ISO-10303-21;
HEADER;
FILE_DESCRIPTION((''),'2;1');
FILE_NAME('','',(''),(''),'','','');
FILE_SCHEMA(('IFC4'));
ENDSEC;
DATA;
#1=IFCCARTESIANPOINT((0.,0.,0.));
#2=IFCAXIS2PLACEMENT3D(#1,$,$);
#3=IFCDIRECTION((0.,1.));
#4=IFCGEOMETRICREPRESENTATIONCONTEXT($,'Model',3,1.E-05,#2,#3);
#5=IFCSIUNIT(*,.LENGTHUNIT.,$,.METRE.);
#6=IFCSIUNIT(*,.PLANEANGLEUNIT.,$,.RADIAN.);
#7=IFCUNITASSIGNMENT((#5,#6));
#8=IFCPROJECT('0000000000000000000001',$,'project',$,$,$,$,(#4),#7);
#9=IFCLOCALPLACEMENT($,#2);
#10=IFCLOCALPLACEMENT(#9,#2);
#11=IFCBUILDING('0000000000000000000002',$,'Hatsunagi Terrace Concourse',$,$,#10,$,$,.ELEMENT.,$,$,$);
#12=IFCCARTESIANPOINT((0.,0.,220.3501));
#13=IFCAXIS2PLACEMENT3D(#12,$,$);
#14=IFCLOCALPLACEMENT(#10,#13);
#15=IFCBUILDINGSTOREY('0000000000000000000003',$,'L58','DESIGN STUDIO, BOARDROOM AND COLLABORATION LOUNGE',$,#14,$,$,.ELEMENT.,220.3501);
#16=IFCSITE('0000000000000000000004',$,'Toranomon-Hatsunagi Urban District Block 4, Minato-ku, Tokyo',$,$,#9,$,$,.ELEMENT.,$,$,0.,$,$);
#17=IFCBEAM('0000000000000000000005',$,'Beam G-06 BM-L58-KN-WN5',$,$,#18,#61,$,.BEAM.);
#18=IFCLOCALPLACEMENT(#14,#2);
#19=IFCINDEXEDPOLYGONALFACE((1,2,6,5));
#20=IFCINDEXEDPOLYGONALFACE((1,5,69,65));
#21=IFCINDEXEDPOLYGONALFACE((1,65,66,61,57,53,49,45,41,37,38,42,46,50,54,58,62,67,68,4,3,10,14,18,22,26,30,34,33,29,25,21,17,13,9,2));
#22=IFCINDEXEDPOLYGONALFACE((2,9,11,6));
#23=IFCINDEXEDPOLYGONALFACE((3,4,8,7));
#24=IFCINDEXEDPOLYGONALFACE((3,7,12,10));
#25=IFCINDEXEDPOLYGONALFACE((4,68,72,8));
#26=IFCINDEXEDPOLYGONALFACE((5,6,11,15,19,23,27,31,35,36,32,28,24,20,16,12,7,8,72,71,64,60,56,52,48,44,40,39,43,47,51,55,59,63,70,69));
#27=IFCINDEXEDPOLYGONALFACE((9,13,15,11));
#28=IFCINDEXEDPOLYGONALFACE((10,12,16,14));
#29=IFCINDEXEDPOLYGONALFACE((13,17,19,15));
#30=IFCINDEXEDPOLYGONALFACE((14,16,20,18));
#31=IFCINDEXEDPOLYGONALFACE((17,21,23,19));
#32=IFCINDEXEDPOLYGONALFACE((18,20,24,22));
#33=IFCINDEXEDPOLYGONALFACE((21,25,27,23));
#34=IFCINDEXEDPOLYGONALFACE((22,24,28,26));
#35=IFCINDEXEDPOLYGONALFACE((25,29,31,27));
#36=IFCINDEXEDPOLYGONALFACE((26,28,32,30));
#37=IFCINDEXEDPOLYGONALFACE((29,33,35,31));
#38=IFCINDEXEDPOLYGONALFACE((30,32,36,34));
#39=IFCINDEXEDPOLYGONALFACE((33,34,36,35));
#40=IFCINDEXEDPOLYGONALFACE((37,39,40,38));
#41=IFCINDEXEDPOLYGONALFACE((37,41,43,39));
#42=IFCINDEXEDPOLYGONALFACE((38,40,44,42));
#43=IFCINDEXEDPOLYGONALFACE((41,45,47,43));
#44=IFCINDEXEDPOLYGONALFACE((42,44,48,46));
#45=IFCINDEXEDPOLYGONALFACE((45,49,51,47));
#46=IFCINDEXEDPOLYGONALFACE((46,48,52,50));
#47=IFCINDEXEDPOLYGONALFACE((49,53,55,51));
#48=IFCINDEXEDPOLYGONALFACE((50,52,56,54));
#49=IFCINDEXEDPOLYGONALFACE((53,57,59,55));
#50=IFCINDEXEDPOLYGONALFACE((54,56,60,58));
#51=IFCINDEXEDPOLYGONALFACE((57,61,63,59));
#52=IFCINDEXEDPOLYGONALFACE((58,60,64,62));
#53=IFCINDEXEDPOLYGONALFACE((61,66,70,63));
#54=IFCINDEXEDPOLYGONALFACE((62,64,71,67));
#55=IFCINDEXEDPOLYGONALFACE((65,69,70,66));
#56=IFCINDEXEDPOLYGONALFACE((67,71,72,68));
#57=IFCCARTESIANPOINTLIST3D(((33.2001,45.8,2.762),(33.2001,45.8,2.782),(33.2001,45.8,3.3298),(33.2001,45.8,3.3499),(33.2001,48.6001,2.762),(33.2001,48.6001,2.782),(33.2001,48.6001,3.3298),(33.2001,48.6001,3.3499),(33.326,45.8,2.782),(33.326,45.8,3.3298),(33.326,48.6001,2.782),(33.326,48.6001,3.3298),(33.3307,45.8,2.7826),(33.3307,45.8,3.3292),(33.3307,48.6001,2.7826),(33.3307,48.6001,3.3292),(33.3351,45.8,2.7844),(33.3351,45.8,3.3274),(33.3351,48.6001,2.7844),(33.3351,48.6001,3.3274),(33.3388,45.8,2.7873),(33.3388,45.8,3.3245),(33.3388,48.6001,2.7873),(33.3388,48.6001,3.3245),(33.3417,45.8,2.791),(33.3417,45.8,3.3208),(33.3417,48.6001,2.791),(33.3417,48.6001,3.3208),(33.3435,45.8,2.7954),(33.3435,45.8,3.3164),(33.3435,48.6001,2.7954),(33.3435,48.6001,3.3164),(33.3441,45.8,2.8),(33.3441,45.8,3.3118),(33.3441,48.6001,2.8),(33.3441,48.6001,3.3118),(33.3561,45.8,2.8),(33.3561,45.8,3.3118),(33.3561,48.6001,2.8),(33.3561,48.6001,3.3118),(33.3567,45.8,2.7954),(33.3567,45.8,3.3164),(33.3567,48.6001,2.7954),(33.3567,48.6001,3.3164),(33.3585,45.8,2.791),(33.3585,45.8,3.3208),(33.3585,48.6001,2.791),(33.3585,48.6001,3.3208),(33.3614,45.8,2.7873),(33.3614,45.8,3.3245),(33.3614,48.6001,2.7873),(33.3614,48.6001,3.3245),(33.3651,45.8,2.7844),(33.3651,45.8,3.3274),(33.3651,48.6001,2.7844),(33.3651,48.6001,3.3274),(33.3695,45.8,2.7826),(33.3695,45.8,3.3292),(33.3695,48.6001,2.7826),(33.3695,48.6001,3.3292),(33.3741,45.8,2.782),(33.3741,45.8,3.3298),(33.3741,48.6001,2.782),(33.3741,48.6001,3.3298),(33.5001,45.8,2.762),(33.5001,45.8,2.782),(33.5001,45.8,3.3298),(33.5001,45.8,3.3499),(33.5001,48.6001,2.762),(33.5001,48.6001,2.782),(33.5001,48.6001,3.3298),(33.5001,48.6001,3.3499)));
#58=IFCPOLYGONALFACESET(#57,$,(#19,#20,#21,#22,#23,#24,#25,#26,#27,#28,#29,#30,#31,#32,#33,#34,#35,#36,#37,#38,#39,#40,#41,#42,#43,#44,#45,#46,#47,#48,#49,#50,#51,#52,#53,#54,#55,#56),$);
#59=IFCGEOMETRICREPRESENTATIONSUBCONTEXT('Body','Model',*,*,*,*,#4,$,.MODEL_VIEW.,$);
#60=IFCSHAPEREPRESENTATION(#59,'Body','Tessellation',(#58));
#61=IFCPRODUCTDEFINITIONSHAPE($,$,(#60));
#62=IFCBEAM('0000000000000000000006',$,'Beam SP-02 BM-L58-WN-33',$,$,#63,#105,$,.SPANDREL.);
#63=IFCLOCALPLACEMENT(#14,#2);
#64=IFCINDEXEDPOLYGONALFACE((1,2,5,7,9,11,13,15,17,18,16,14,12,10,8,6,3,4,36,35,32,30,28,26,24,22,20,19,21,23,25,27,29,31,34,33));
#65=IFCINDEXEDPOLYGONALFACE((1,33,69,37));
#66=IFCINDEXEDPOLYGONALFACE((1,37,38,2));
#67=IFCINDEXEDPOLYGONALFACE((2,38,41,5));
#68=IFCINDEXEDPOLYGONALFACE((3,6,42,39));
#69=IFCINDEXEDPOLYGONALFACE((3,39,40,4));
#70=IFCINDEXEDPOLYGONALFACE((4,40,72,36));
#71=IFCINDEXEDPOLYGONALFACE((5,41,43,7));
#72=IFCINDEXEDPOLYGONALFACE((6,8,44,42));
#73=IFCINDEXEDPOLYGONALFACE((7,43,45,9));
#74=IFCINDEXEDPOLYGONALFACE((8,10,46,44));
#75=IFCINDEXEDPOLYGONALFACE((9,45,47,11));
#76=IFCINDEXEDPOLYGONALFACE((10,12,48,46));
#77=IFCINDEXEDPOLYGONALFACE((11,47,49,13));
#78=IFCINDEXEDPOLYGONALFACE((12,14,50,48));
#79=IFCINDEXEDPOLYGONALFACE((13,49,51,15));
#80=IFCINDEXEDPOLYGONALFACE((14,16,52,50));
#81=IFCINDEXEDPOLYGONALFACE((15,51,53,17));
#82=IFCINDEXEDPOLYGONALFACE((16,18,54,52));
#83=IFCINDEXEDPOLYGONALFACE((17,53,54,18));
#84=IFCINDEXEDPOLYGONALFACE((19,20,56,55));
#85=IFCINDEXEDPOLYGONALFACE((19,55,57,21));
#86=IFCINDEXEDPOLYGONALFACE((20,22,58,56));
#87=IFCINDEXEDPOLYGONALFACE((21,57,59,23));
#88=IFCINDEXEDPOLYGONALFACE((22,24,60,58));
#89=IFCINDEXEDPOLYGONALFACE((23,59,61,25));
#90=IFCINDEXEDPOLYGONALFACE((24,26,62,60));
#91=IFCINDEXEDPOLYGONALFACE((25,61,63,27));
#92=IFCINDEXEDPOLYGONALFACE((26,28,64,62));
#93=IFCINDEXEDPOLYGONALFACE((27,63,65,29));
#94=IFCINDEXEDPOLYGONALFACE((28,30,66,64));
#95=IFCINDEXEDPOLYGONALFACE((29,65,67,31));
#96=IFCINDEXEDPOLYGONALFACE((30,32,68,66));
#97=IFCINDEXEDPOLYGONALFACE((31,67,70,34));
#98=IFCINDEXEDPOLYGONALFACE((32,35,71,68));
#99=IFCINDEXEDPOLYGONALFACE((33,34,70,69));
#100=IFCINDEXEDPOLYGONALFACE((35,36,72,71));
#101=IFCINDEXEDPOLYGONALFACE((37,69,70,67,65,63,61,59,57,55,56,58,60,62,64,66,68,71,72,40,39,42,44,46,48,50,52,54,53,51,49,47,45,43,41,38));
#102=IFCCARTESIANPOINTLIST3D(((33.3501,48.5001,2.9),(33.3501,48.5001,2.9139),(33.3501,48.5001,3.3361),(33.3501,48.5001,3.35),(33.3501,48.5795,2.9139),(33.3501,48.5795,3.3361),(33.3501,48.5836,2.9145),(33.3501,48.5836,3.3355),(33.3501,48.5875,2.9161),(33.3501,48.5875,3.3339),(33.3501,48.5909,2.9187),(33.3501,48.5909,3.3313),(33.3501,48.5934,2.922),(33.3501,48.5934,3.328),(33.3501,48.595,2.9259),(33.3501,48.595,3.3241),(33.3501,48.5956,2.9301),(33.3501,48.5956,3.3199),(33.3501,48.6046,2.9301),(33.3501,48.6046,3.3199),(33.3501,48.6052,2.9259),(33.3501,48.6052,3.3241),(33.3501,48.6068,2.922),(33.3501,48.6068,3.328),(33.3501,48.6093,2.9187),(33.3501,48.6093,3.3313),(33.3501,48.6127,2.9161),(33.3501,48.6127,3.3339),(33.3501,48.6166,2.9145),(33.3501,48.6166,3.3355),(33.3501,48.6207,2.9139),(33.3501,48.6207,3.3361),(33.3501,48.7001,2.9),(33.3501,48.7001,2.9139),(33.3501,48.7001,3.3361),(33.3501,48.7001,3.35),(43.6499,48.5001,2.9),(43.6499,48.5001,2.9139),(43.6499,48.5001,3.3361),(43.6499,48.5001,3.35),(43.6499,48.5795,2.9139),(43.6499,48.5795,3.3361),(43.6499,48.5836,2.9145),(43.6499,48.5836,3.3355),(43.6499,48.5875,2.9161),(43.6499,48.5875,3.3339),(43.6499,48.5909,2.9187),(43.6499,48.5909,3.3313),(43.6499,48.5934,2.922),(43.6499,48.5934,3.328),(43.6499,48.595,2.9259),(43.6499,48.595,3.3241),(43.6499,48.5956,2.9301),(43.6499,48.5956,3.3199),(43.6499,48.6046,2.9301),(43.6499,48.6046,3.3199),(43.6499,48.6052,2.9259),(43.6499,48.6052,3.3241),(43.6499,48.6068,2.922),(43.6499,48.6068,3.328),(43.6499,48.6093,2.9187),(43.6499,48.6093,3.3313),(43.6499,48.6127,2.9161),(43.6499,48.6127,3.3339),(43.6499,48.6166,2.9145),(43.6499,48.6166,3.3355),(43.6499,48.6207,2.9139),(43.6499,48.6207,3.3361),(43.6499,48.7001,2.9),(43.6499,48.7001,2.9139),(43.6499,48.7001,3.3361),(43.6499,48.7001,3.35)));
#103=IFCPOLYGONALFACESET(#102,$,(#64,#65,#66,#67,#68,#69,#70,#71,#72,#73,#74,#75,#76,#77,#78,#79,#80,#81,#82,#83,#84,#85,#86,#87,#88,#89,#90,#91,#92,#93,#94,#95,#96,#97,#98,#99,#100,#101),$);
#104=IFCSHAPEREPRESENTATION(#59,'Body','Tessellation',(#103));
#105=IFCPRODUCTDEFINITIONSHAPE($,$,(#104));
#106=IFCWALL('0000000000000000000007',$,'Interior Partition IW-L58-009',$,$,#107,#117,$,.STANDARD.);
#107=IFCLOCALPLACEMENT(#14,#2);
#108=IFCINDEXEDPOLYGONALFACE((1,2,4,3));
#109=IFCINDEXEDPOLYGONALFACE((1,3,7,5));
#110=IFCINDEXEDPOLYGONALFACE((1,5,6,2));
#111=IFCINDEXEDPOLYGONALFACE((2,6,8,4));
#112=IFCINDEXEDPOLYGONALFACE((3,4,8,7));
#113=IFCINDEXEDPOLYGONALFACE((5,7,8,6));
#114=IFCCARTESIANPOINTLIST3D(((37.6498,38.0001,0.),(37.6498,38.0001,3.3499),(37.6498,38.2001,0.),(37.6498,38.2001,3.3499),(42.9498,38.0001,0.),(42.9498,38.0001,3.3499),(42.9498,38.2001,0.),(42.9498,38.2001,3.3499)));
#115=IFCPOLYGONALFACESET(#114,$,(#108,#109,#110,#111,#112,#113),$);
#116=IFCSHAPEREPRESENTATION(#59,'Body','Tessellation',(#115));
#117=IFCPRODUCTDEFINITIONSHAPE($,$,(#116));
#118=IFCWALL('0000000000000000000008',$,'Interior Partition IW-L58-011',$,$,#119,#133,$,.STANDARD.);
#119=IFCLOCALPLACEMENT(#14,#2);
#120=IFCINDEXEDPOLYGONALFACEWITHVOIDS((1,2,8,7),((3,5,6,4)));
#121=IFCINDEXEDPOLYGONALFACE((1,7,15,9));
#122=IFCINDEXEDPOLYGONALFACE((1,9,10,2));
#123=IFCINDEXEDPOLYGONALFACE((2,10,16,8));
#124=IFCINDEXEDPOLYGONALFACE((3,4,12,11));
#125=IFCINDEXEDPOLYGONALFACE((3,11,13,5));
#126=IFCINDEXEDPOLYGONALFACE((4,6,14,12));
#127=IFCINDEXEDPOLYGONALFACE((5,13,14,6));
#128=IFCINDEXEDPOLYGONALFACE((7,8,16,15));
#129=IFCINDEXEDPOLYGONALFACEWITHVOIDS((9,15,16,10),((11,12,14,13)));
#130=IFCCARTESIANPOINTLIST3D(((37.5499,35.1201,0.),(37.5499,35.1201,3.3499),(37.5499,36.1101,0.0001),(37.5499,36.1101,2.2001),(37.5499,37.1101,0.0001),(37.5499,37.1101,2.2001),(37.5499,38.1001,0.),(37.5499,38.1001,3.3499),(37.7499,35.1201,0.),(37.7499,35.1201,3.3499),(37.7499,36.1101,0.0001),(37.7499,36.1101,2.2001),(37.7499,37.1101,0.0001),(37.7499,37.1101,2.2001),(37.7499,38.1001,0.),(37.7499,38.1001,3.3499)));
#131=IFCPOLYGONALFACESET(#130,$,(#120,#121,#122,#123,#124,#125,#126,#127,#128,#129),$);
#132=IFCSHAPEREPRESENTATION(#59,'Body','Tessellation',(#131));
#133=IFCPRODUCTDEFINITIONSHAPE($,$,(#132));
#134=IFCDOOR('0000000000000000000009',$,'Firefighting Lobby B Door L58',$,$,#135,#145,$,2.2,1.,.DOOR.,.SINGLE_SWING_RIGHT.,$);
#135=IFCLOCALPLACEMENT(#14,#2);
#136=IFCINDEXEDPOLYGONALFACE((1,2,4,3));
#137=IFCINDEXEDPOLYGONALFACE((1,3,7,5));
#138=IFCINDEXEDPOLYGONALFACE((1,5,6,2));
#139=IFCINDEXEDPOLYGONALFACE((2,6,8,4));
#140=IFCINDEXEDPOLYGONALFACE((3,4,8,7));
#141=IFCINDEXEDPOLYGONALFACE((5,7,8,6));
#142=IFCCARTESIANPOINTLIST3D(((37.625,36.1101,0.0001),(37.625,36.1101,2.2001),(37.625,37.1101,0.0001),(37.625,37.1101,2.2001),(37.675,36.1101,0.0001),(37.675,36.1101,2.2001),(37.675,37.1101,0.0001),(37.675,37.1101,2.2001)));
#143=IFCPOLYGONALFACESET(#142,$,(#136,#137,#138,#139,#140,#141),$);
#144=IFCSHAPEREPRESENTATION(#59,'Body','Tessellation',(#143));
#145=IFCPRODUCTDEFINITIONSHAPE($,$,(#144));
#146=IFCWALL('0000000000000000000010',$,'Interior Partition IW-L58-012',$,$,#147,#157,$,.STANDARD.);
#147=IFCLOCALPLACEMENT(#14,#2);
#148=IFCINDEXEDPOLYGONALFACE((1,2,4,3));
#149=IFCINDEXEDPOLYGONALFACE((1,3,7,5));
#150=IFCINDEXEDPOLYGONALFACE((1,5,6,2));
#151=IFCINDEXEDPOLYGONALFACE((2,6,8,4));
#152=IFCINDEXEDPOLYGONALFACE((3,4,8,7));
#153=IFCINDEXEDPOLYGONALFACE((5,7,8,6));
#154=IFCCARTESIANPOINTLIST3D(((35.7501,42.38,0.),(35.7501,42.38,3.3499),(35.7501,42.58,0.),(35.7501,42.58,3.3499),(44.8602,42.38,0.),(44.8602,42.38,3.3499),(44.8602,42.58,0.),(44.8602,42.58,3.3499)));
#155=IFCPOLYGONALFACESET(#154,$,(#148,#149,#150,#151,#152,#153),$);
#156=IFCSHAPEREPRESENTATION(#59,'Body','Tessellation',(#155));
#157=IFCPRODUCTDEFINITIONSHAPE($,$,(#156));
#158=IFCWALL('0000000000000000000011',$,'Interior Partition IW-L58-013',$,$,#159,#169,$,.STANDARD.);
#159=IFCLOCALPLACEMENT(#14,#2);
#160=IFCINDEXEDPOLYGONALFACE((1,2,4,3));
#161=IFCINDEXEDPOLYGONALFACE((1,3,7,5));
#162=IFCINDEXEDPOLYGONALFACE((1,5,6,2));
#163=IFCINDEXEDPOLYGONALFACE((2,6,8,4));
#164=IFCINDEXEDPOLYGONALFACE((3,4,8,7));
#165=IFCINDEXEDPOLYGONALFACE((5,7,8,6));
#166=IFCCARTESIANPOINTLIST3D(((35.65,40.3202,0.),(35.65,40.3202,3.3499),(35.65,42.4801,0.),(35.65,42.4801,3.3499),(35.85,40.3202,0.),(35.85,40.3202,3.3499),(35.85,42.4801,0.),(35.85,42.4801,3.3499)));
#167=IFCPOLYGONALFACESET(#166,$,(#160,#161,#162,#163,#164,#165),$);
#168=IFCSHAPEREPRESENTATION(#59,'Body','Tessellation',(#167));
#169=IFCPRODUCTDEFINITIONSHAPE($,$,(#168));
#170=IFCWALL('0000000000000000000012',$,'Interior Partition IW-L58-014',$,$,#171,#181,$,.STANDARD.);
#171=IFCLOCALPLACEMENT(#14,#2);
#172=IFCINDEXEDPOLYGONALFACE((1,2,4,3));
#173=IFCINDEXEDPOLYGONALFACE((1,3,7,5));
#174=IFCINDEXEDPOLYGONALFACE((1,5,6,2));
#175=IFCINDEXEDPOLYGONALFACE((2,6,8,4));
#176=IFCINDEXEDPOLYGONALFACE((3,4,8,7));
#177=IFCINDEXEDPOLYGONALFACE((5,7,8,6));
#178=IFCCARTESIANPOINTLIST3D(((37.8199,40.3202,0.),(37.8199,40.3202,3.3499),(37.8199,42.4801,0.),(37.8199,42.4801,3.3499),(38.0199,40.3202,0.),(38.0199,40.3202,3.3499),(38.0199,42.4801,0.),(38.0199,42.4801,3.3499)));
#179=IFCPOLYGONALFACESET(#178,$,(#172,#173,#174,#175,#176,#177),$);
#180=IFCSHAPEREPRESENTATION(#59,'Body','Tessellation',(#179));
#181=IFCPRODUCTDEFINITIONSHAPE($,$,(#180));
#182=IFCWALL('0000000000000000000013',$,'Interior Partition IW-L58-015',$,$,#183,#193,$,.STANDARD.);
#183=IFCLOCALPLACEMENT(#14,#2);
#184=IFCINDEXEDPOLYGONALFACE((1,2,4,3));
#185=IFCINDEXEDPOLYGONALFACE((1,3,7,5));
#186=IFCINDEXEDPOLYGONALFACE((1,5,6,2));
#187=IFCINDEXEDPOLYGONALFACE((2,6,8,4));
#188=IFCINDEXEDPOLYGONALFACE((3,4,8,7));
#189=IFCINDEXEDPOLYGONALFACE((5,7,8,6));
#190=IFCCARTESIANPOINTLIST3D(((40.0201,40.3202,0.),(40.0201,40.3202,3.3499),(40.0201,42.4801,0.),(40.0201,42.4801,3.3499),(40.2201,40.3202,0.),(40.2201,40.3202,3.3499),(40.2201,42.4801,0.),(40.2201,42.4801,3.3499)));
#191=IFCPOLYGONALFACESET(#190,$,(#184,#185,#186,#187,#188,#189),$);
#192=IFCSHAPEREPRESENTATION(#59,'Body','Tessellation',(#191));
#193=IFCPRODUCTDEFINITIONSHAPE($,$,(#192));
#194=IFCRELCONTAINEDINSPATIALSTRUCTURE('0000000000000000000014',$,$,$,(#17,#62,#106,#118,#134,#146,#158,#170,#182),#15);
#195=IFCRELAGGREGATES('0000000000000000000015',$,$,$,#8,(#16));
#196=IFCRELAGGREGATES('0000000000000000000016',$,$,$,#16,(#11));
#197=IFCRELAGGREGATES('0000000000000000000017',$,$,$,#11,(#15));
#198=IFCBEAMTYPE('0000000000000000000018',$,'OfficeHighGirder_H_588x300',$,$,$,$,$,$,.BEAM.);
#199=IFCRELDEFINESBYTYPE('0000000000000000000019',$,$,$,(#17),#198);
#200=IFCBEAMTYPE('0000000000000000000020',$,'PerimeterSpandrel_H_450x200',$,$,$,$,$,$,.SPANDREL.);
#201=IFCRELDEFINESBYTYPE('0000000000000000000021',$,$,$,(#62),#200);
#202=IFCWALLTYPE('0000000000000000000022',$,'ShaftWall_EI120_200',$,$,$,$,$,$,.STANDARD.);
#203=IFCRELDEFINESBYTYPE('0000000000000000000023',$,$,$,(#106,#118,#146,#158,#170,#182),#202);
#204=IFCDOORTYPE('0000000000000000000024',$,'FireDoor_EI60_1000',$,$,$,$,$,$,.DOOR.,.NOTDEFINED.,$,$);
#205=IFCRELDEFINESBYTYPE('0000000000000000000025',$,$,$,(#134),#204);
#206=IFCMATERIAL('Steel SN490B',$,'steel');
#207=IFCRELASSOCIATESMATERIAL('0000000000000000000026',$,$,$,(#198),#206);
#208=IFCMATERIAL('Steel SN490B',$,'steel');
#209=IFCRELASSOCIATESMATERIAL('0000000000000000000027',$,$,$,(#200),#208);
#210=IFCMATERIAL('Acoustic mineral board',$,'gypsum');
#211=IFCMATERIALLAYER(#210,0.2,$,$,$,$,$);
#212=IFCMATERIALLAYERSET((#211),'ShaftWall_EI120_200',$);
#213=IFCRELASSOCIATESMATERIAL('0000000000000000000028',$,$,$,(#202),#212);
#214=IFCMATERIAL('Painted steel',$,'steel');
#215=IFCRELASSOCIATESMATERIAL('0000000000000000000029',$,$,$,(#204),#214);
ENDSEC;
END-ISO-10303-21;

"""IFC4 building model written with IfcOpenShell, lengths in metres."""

from ifc_helpers import new_model, si_unit, direction, frame, frame_2d, origin, origin_2d, place, context, subcontext, project, spatial, rectangle, i_section, extrude, material, layer, layer_set, material_profile, profile_set, type_object, element, fill, save


model = new_model("IFC4")

# Units and contexts
model_context = context("Model", 3, precision=1e-05, world=origin(), true_north=direction((0.0, 1.0)))
body_context = subcontext(model_context, "Body", "Model", "MODEL_VIEW")
ifc_project = project(units=[si_unit("LENGTHUNIT", "METRE"), si_unit("PLANEANGLEUNIT", "RADIAN")], contexts=[model_context])

# Site, building, storey
site_placement = place(None, origin())
site = spatial("IfcSite", under=ifc_project, at=site_placement, Name="Toranomon-Hatsunagi Urban District Block 4, Minato-ku, Tokyo", CompositionType="ELEMENT", RefElevation=0.0)
building_placement = place(site_placement, origin())
building = spatial("IfcBuilding", under=site, at=building_placement, Name="Hatsunagi Terrace Concourse", CompositionType="ELEMENT")
storey_placement = place(building_placement, frame((0.0, 0.0, 220.3501)))
storey = spatial("IfcBuildingStorey", under=building, at=storey_placement, Name="L58", Description="DESIGN STUDIO, BOARDROOM AND COLLABORATION LOUNGE", CompositionType="ELEMENT", Elevation=220.3501)

# Beams
ifc_material_1 = material(Name="Steel SN490B", Category="steel")
ifc_material_profile_1 = material_profile(ifc_material_1, i_section(OverallWidth=0.3, OverallDepth=0.5879, WebThickness=0.012, FlangeThickness=0.02, FilletRadius=0.0181, at=origin_2d()), Name="H-588x300x12x20")
ifc_profile_set_1 = profile_set([ifc_material_profile_1], Name="Steel SN490B")
beam_type_1 = type_object("IfcBeamType", Name="OfficeHighGirder_H_588x300", PredefinedType="BEAM", material=ifc_profile_set_1)
beam_1_placement = place(storey_placement, frame((33.3501, 45.8, 3.0559), z_axis=(0.0, 1.0, 0.0), x_axis=(-1.0, 0.0, 0.0)))
element("IfcBeam", 1, at=beam_1_placement, inside=storey, type_object=beam_type_1, Name="Beam G-06 BM-L58-KN-WN5", PredefinedType="BEAM", context=body_context, shape_type="SweptSolid", body=[
    extrude(i_section(OverallWidth=0.3, OverallDepth=0.5879, WebThickness=0.012, FlangeThickness=0.02, FilletRadius=0.0181, at=origin_2d()), origin(), (0.0, 0.0, 1.0), 2.8),
])
ifc_material_2 = material(Name="Steel SN490B", Category="steel")
ifc_material_profile_2 = material_profile(ifc_material_2, i_section(OverallWidth=0.2, OverallDepth=0.45, WebThickness=0.009, FlangeThickness=0.0139, FilletRadius=0.0161, at=origin_2d()), Name="H-450x200x9x14")
ifc_profile_set_2 = profile_set([ifc_material_profile_2], Name="Steel SN490B")
beam_type_2 = type_object("IfcBeamType", Name="PerimeterSpandrel_H_450x200", PredefinedType="SPANDREL", material=ifc_profile_set_2)
beam_2_placement = place(storey_placement, frame((33.3501, 48.6001, 3.125), z_axis=(1.0, 0.0, 0.0), x_axis=(0.0, 1.0, 0.0)))
element("IfcBeam", 2, at=beam_2_placement, inside=storey, type_object=beam_type_2, Name="Beam SP-02 BM-L58-WN-33", PredefinedType="SPANDREL", context=body_context, shape_type="SweptSolid", body=[
    extrude(i_section(OverallWidth=0.2, OverallDepth=0.45, WebThickness=0.009, FlangeThickness=0.0139, FilletRadius=0.0161, at=origin_2d()), origin(), (0.0, 0.0, 1.0), 10.2998),
])

# Wall
ifc_material_3 = material(Name="Acoustic mineral board", Category="gypsum")
ifc_layer = layer(ifc_material_3, 0.2)
ifc_layer_set = layer_set([ifc_layer], Name="ShaftWall_EI120_200")
wall_type = type_object("IfcWallType", Name="ShaftWall_EI120_200", PredefinedType="STANDARD", material=ifc_layer_set)
wall_1_placement = place(storey_placement, frame((37.6499, 38.1001, 0.0), z_axis=(0.0, 0.0, 1.0), x_axis=(1.0, 0.0, 0.0)))
element("IfcWall", 3, at=wall_1_placement, inside=storey, type_object=wall_type, Name="Interior Partition IW-L58-009", PredefinedType="STANDARD", context=body_context, shape_type="SweptSolid", body=[
    extrude(rectangle(XDim=5.3, YDim=0.2, at=frame_2d((2.6499, 0.0))), origin(), (0.0, 0.0, 1.0), 3.3499),
])

# Wall, opening, door
wall_2_placement = place(storey_placement, frame((37.6499, 35.1201, 0.0), z_axis=(0.0, 0.0, 1.0), x_axis=(0.0, 1.0, 0.0)))
wall_2 = element("IfcWall", 4, at=wall_2_placement, inside=storey, type_object=wall_type, Name="Interior Partition IW-L58-011", PredefinedType="STANDARD", context=body_context, shape_type="SweptSolid", body=[
    extrude(rectangle(XDim=2.98, YDim=0.2, at=frame_2d((1.49, 0.0))), origin(), (0.0, 0.0, 1.0), 3.3499),
])
opening_1_placement = place(wall_2_placement, frame((0.99, 0.0, 0.0)))
opening_1 = element("IfcOpeningElement", 5, at=opening_1_placement, cuts=wall_2, PredefinedType="OPENING", context=body_context, shape_type="SweptSolid", body=[
    extrude(rectangle(XDim=1.0, YDim=2.2, at=frame_2d((0.5, 1.1001))), frame((0.0, 0.1099, 0.0), z_axis=(0.0, -1.0, 0.0), x_axis=(1.0, 0.0, 0.0)), (0.0, 0.0, 1.0), 0.22),
])
ifc_material_4 = material(Name="Painted steel", Category="steel")
door_type_1 = type_object("IfcDoorType", Name="FireDoor_EI60_1000", OperationType="NOTDEFINED", PredefinedType="DOOR", material=ifc_material_4)
door_1_placement = place(opening_1_placement, origin())
door_1 = element("IfcDoor", 6, at=door_1_placement, inside=storey, type_object=door_type_1, Name="Firefighting Lobby B Door L58", OperationType="SINGLE_SWING_RIGHT", OverallHeight=2.2, OverallWidth=1.0, PredefinedType="DOOR", context=body_context, shape_type="SweptSolid", body=[
    extrude(rectangle(XDim=1.0, YDim=2.2, at=frame_2d((0.5, 1.1001))), frame((0.0, 0.0249, 0.0), z_axis=(0.0, -1.0, 0.0), x_axis=(1.0, 0.0, 0.0)), (0.0, 0.0, 1.0), 0.05),
])
fill(opening_1, door_1)

# Walls
wall_3_placement = place(storey_placement, frame((35.75, 42.48, 0.0), z_axis=(0.0, 0.0, 1.0), x_axis=(1.0, 0.0, 0.0)))
element("IfcWall", 7, at=wall_3_placement, inside=storey, type_object=wall_type, Name="Interior Partition IW-L58-012", PredefinedType="STANDARD", context=body_context, shape_type="SweptSolid", body=[
    extrude(rectangle(XDim=9.1101, YDim=0.2, at=frame_2d((4.5552, 0.0))), origin(), (0.0, 0.0, 1.0), 3.3499),
])
for number, where, z_axis, x_axis, name in (
    (8, (35.75, 40.3201, 0.0), (0.0, 0.0, 1.0), (0.0, 1.0, 0.0), "Interior Partition IW-L58-013"),
    (9, (37.9199, 40.3201, 0.0), (0.0, 0.0, 1.0), (0.0, 1.0, 0.0), "Interior Partition IW-L58-014"),
    (10, (40.1201, 40.3201, 0.0), (0.0, 0.0, 1.0), (0.0, 1.0, 0.0), "Interior Partition IW-L58-015"),
):
    element("IfcWall", number, at=place(storey_placement, frame(where, z_axis=z_axis, x_axis=x_axis)), inside=storey, type_object=wall_type, Name=name, PredefinedType="STANDARD", context=body_context, shape_type="SweptSolid", body=[
        extrude(rectangle(XDim=2.1599, YDim=0.2, at=frame_2d((1.0801, 0.0))), origin(), (0.0, 0.0, 1.0), 3.3499),
    ])

save(model, "model.ifc")
